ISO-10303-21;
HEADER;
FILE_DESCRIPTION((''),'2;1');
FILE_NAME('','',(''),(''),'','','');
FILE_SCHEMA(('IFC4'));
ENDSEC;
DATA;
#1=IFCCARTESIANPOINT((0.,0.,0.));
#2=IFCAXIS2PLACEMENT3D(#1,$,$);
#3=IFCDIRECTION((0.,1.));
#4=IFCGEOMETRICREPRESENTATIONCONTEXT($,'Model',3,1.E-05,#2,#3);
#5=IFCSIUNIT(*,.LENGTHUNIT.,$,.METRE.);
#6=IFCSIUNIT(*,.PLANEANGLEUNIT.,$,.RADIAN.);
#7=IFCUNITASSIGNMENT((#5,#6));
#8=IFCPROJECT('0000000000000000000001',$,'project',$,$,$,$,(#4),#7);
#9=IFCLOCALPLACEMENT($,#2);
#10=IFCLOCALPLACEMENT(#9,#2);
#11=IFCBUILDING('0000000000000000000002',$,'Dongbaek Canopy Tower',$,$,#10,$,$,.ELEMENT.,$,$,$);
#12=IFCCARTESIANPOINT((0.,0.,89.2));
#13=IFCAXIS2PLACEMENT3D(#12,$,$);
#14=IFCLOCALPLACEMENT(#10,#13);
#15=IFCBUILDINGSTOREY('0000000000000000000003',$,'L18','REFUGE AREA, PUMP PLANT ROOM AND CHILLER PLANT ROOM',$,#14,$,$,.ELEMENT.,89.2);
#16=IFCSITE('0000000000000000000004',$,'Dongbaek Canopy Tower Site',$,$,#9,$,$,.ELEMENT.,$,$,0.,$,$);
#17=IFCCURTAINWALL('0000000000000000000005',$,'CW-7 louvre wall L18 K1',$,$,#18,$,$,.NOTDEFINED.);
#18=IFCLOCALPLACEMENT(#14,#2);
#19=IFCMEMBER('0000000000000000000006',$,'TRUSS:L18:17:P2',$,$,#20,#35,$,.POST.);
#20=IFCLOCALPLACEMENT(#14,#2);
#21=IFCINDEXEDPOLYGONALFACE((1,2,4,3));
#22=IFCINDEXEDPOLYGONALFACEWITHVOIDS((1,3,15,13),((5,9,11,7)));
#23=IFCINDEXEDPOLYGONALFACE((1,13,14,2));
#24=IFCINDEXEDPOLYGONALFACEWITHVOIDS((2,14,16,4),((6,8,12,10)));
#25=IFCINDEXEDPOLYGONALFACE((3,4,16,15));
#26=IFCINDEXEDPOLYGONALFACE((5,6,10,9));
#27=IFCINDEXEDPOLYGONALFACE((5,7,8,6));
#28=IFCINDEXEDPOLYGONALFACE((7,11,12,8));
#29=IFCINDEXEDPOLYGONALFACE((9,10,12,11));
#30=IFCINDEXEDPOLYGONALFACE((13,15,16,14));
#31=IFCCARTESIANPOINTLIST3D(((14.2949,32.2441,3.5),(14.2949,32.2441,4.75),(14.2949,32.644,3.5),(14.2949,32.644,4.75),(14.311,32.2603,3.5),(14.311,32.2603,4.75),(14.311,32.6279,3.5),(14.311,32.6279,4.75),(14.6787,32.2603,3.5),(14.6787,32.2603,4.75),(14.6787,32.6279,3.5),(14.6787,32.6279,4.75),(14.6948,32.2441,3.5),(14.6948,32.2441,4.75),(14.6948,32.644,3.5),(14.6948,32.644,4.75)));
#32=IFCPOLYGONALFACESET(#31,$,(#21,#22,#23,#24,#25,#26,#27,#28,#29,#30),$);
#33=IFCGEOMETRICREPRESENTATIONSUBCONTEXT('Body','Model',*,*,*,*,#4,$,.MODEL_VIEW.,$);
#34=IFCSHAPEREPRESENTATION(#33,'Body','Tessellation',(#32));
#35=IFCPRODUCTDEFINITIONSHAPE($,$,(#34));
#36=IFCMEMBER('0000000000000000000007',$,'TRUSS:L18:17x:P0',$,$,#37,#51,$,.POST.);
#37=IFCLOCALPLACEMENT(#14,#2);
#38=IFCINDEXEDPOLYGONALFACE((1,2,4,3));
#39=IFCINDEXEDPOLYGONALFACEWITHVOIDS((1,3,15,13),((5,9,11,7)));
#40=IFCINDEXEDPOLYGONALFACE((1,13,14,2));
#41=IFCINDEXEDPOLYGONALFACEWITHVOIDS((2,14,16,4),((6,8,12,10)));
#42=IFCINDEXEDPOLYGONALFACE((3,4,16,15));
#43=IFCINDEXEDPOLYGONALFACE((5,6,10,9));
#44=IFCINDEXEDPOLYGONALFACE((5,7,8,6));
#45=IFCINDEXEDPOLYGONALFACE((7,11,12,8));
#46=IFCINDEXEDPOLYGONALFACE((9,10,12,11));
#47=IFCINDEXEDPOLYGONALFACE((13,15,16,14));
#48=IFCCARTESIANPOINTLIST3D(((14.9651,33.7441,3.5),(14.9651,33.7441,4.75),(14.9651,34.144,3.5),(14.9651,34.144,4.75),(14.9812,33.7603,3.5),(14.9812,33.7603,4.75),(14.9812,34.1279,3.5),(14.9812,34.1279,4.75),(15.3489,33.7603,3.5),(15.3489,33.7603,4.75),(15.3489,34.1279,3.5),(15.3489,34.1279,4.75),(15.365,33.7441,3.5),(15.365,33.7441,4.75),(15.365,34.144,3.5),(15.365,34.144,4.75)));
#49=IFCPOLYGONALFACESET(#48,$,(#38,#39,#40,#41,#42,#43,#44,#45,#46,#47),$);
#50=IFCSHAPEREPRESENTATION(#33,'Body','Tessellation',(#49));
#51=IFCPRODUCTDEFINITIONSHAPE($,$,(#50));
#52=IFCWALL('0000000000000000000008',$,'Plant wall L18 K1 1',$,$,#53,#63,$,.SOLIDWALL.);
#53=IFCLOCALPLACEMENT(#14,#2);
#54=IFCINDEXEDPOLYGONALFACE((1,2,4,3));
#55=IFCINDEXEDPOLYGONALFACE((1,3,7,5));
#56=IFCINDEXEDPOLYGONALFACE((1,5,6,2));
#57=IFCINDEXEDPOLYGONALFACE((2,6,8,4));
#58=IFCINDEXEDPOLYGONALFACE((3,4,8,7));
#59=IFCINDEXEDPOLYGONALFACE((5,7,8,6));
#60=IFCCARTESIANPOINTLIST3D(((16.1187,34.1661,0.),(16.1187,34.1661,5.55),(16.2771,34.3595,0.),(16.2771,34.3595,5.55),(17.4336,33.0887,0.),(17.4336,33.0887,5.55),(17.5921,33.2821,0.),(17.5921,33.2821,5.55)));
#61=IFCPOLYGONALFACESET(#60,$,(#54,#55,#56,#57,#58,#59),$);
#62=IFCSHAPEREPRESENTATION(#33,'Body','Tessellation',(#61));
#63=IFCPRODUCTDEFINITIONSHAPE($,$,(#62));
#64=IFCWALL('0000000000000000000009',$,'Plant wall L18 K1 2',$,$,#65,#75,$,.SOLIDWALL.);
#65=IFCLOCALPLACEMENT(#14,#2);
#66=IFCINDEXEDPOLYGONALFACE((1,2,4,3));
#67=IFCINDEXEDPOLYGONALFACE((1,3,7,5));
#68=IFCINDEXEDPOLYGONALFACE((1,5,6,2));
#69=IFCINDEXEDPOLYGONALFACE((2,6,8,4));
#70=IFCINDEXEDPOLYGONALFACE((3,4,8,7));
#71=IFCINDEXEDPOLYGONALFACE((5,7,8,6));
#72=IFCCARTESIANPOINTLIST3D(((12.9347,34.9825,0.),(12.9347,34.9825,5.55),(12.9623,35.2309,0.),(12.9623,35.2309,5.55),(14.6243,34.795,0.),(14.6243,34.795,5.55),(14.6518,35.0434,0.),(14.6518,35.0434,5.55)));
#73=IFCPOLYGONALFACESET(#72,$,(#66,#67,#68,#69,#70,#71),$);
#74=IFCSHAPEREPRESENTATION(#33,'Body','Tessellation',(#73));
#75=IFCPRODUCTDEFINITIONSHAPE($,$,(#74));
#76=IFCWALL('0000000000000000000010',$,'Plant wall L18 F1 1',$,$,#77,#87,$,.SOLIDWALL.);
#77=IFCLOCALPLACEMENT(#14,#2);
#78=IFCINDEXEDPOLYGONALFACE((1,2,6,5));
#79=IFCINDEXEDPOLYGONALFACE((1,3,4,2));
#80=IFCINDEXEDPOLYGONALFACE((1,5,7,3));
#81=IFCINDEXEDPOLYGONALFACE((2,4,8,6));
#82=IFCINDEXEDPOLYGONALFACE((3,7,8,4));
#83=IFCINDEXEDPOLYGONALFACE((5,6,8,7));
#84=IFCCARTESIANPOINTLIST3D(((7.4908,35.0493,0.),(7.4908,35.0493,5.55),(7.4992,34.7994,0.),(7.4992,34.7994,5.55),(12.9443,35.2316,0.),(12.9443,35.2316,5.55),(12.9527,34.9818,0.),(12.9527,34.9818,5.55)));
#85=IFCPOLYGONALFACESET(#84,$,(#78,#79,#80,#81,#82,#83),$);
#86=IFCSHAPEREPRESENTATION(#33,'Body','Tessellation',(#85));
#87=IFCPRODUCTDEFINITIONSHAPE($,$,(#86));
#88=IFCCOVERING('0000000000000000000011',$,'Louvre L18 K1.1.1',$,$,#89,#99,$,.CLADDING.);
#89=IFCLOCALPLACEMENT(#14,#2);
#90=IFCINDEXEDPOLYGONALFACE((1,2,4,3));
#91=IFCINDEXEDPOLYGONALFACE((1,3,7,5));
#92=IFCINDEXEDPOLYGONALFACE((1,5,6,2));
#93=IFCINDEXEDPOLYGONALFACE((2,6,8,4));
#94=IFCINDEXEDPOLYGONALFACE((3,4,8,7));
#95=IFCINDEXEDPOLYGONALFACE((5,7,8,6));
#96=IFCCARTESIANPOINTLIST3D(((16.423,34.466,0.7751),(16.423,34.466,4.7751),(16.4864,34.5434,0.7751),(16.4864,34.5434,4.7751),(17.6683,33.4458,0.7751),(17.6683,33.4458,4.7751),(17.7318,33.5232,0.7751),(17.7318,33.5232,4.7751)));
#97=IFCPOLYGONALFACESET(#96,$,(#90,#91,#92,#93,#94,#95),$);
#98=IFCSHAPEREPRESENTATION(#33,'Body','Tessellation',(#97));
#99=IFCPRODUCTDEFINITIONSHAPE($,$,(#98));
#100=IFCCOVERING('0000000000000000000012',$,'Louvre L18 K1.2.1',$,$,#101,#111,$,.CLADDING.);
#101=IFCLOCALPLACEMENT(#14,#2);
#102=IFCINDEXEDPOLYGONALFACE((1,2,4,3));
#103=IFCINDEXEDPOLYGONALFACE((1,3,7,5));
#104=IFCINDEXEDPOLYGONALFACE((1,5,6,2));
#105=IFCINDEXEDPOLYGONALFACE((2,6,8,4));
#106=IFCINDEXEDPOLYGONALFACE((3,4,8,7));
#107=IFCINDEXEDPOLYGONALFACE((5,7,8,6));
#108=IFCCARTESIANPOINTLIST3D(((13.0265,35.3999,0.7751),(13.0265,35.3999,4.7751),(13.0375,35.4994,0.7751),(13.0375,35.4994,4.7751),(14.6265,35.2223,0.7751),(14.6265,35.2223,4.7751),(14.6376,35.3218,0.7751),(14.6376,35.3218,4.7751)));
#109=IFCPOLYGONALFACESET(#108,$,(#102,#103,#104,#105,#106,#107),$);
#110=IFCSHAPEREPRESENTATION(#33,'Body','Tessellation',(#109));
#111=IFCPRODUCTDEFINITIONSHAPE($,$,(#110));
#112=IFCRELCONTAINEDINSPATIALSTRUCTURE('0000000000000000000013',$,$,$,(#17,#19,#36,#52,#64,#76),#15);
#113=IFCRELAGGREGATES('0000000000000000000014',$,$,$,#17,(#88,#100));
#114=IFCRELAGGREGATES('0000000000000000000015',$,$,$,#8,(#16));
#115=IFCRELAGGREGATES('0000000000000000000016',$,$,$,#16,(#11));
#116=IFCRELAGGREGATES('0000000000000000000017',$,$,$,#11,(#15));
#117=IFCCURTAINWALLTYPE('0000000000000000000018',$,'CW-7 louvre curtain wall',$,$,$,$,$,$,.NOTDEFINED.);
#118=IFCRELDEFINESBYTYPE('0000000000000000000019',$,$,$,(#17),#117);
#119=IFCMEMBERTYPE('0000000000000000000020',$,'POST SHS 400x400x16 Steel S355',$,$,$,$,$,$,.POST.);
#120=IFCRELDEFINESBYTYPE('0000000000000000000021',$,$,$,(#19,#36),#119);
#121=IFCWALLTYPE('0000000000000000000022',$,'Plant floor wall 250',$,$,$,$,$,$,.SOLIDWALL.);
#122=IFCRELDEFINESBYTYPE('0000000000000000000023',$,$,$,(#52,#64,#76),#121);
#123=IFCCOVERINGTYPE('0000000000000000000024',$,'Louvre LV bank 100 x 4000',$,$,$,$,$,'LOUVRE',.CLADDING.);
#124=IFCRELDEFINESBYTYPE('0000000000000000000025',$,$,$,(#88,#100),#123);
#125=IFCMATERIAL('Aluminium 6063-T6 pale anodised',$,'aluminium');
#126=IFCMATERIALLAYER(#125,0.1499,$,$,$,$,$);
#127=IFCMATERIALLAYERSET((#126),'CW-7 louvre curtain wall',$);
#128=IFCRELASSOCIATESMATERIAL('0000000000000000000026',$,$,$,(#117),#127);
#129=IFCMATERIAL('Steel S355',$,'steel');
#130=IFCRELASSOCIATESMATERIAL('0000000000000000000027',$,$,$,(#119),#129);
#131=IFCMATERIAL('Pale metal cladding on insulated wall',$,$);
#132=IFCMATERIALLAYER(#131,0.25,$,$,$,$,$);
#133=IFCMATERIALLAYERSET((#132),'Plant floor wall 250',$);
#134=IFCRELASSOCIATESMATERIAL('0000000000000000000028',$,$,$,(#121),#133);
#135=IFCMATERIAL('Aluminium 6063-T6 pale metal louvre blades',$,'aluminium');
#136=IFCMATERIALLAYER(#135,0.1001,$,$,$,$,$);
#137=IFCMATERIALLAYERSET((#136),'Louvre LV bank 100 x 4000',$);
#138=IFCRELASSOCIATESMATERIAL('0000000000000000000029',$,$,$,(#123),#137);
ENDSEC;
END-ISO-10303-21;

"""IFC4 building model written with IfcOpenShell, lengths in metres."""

from ifc_helpers import new_model, si_unit, direction, frame, frame_2d, origin, origin_2d, place, context, subcontext, project, spatial, rectangle, hollow_rectangle, extrude, material, layer, layer_set, material_profile, profile_set, type_object, element, aggregate, save


model = new_model("IFC4")

# Units and contexts
model_context = context("Model", 3, precision=1e-05, world=origin(), true_north=direction((0.0, 1.0)))
body_context = subcontext(model_context, "Body", "Model", "MODEL_VIEW")
ifc_project = project(units=[si_unit("LENGTHUNIT", "METRE"), si_unit("PLANEANGLEUNIT", "RADIAN")], contexts=[model_context])

# Site, building, storey
site_placement = place(None, origin())
site = spatial("IfcSite", under=ifc_project, at=site_placement, Name="Dongbaek Canopy Tower Site", CompositionType="ELEMENT", RefElevation=0.0)
building_placement = place(site_placement, origin())
building = spatial("IfcBuilding", under=site, at=building_placement, Name="Dongbaek Canopy Tower", CompositionType="ELEMENT")
storey_placement = place(building_placement, frame((0.0, 0.0, 89.2)))
storey = spatial("IfcBuildingStorey", under=building, at=storey_placement, Name="L18", Description="REFUGE AREA, PUMP PLANT ROOM AND CHILLER PLANT ROOM", CompositionType="ELEMENT", Elevation=89.2)

# Shared definitions
ifc_material_1 = material(Name="Aluminium 6063-T6 pale anodised", Category="aluminium")
ifc_layer_1 = layer(ifc_material_1, 0.1499)
ifc_layer_set_1 = layer_set([ifc_layer_1], Name="CW-7 louvre curtain wall")
curtain_wall_type = type_object("IfcCurtainWallType", Name="CW-7 louvre curtain wall", PredefinedType="NOTDEFINED", material=ifc_layer_set_1)

# Curtain wall
curtain_wall_1_placement = place(storey_placement, origin())
curtain_wall_1 = element("IfcCurtainWall", 1, at=curtain_wall_1_placement, inside=storey, type_object=curtain_wall_type, Name="CW-7 louvre wall L18 K1", PredefinedType="NOTDEFINED")

# Members
ifc_material_2 = material(Name="Steel S355", Category="steel")
ifc_material_profile_1 = material_profile(ifc_material_2, hollow_rectangle(XDim=0.3999, YDim=0.3999, WallThickness=0.0161, at=origin_2d()), Name="POST SHS 400x400x16 Steel S355")
ifc_profile_set_1 = profile_set([ifc_material_profile_1], Name="Steel S355")
member_type_1 = type_object("IfcMemberType", Name="POST SHS 400x400x16 Steel S355", PredefinedType="POST", material=ifc_profile_set_1)
for number, where, z_axis, x_axis, name in (
    (2, (14.4949, 32.4441, 3.5), (0.0, 0.0, 1.0), (1.0, 0.0, 0.0), "TRUSS:L18:17:P2"),
    (3, (15.165, 33.9441, 3.5), (0.0, 0.0, 1.0), (1.0, 0.0, 0.0), "TRUSS:L18:17x:P0"),
):
    element("IfcMember", number, at=place(storey_placement, frame(where, z_axis=z_axis, x_axis=x_axis)), inside=storey, type_object=member_type_1, Name=name, PredefinedType="POST", context=body_context, shape_type="SweptSolid", body=[
        extrude(hollow_rectangle(XDim=0.3999, YDim=0.3999, WallThickness=0.0161, at=origin_2d()), origin(), (0.0, 0.0, 1.0), 1.25),
    ])

# Walls
ifc_material_3 = material(Name="Pale metal cladding on insulated wall")
ifc_layer_2 = layer(ifc_material_3, 0.25)
ifc_layer_set_2 = layer_set([ifc_layer_2], Name="Plant floor wall 250")
wall_type = type_object("IfcWallType", Name="Plant floor wall 250", PredefinedType="SOLIDWALL", material=ifc_layer_set_2)
for number, where, z_axis, x_axis, name in (
    (4, (17.5129, 33.1853, 0.0), (0.0, 0.0, 1.0), (-0.773516, 0.633777, 0.0), "Plant wall L18 K1 1"),
    (5, (14.6382, 34.9192, 0.0), (0.0, 0.0, 1.0), (-0.993899, 0.11029, 0.0), "Plant wall L18 K1 2"),
):
    element("IfcWall", number, at=place(storey_placement, frame(where, z_axis=z_axis, x_axis=x_axis)), inside=storey, type_object=wall_type, Name=name, PredefinedType="SOLIDWALL", context=body_context, shape_type="SweptSolid", body=[
        extrude(rectangle(XDim=1.7, YDim=0.25, at=frame_2d((0.8501, 0.0))), origin(), (0.0, 0.0, 1.0), 5.55),
    ])
wall_placement = place(storey_placement, frame((12.9485, 35.1067, 0.0), z_axis=(0.0, 0.0, 1.0), x_axis=(-0.999441, -0.033422, 0.0)))
element("IfcWall", 6, at=wall_placement, inside=storey, type_object=wall_type, Name="Plant wall L18 F1 1", PredefinedType="SOLIDWALL", context=body_context, shape_type="SweptSolid", body=[
    extrude(rectangle(XDim=5.4565, YDim=0.25, at=frame_2d((2.7283, 0.0))), origin(), (0.0, 0.0, 1.0), 5.55),
])

# Coverings
ifc_material_4 = material(Name="Aluminium 6063-T6 pale metal louvre blades", Category="aluminium")
ifc_layer_3 = layer(ifc_material_4, 0.1001)
ifc_layer_set_3 = layer_set([ifc_layer_3], Name="Louvre LV bank 100 x 4000")
covering_type = type_object("IfcCoveringType", Name="Louvre LV bank 100 x 4000", ElementType="LOUVRE", PredefinedType="CLADDING", material=ifc_layer_set_3)
covering_1_placement = place(storey_placement, frame((17.0774, 33.9946, 0.7751), z_axis=(0.0, 0.0, 1.0), x_axis=(-0.773564, 0.633718, 0.0)))
covering_1 = element("IfcCovering", 7, at=covering_1_placement, type_object=covering_type, Name="Louvre L18 K1.1.1", PredefinedType="CLADDING", context=body_context, shape_type="SweptSolid", body=[
    extrude(rectangle(XDim=1.6099, YDim=0.1001, at=origin_2d()), origin(), (0.0, 0.0, 1.0), 4.0),
])
covering_2_placement = place(storey_placement, frame((13.832, 35.3608, 0.7751), z_axis=(0.0, 0.0, 1.0), x_axis=(-0.9939, 0.110287, 0.0)))
covering_2 = element("IfcCovering", 8, at=covering_2_placement, type_object=covering_type, Name="Louvre L18 K1.2.1", PredefinedType="CLADDING", context=body_context, shape_type="SweptSolid", body=[
    extrude(rectangle(XDim=1.6099, YDim=0.1001, at=origin_2d()), origin(), (0.0, 0.0, 1.0), 4.0),
])

aggregate(curtain_wall_1, [covering_1, covering_2])

save(model, "model.ifc")
